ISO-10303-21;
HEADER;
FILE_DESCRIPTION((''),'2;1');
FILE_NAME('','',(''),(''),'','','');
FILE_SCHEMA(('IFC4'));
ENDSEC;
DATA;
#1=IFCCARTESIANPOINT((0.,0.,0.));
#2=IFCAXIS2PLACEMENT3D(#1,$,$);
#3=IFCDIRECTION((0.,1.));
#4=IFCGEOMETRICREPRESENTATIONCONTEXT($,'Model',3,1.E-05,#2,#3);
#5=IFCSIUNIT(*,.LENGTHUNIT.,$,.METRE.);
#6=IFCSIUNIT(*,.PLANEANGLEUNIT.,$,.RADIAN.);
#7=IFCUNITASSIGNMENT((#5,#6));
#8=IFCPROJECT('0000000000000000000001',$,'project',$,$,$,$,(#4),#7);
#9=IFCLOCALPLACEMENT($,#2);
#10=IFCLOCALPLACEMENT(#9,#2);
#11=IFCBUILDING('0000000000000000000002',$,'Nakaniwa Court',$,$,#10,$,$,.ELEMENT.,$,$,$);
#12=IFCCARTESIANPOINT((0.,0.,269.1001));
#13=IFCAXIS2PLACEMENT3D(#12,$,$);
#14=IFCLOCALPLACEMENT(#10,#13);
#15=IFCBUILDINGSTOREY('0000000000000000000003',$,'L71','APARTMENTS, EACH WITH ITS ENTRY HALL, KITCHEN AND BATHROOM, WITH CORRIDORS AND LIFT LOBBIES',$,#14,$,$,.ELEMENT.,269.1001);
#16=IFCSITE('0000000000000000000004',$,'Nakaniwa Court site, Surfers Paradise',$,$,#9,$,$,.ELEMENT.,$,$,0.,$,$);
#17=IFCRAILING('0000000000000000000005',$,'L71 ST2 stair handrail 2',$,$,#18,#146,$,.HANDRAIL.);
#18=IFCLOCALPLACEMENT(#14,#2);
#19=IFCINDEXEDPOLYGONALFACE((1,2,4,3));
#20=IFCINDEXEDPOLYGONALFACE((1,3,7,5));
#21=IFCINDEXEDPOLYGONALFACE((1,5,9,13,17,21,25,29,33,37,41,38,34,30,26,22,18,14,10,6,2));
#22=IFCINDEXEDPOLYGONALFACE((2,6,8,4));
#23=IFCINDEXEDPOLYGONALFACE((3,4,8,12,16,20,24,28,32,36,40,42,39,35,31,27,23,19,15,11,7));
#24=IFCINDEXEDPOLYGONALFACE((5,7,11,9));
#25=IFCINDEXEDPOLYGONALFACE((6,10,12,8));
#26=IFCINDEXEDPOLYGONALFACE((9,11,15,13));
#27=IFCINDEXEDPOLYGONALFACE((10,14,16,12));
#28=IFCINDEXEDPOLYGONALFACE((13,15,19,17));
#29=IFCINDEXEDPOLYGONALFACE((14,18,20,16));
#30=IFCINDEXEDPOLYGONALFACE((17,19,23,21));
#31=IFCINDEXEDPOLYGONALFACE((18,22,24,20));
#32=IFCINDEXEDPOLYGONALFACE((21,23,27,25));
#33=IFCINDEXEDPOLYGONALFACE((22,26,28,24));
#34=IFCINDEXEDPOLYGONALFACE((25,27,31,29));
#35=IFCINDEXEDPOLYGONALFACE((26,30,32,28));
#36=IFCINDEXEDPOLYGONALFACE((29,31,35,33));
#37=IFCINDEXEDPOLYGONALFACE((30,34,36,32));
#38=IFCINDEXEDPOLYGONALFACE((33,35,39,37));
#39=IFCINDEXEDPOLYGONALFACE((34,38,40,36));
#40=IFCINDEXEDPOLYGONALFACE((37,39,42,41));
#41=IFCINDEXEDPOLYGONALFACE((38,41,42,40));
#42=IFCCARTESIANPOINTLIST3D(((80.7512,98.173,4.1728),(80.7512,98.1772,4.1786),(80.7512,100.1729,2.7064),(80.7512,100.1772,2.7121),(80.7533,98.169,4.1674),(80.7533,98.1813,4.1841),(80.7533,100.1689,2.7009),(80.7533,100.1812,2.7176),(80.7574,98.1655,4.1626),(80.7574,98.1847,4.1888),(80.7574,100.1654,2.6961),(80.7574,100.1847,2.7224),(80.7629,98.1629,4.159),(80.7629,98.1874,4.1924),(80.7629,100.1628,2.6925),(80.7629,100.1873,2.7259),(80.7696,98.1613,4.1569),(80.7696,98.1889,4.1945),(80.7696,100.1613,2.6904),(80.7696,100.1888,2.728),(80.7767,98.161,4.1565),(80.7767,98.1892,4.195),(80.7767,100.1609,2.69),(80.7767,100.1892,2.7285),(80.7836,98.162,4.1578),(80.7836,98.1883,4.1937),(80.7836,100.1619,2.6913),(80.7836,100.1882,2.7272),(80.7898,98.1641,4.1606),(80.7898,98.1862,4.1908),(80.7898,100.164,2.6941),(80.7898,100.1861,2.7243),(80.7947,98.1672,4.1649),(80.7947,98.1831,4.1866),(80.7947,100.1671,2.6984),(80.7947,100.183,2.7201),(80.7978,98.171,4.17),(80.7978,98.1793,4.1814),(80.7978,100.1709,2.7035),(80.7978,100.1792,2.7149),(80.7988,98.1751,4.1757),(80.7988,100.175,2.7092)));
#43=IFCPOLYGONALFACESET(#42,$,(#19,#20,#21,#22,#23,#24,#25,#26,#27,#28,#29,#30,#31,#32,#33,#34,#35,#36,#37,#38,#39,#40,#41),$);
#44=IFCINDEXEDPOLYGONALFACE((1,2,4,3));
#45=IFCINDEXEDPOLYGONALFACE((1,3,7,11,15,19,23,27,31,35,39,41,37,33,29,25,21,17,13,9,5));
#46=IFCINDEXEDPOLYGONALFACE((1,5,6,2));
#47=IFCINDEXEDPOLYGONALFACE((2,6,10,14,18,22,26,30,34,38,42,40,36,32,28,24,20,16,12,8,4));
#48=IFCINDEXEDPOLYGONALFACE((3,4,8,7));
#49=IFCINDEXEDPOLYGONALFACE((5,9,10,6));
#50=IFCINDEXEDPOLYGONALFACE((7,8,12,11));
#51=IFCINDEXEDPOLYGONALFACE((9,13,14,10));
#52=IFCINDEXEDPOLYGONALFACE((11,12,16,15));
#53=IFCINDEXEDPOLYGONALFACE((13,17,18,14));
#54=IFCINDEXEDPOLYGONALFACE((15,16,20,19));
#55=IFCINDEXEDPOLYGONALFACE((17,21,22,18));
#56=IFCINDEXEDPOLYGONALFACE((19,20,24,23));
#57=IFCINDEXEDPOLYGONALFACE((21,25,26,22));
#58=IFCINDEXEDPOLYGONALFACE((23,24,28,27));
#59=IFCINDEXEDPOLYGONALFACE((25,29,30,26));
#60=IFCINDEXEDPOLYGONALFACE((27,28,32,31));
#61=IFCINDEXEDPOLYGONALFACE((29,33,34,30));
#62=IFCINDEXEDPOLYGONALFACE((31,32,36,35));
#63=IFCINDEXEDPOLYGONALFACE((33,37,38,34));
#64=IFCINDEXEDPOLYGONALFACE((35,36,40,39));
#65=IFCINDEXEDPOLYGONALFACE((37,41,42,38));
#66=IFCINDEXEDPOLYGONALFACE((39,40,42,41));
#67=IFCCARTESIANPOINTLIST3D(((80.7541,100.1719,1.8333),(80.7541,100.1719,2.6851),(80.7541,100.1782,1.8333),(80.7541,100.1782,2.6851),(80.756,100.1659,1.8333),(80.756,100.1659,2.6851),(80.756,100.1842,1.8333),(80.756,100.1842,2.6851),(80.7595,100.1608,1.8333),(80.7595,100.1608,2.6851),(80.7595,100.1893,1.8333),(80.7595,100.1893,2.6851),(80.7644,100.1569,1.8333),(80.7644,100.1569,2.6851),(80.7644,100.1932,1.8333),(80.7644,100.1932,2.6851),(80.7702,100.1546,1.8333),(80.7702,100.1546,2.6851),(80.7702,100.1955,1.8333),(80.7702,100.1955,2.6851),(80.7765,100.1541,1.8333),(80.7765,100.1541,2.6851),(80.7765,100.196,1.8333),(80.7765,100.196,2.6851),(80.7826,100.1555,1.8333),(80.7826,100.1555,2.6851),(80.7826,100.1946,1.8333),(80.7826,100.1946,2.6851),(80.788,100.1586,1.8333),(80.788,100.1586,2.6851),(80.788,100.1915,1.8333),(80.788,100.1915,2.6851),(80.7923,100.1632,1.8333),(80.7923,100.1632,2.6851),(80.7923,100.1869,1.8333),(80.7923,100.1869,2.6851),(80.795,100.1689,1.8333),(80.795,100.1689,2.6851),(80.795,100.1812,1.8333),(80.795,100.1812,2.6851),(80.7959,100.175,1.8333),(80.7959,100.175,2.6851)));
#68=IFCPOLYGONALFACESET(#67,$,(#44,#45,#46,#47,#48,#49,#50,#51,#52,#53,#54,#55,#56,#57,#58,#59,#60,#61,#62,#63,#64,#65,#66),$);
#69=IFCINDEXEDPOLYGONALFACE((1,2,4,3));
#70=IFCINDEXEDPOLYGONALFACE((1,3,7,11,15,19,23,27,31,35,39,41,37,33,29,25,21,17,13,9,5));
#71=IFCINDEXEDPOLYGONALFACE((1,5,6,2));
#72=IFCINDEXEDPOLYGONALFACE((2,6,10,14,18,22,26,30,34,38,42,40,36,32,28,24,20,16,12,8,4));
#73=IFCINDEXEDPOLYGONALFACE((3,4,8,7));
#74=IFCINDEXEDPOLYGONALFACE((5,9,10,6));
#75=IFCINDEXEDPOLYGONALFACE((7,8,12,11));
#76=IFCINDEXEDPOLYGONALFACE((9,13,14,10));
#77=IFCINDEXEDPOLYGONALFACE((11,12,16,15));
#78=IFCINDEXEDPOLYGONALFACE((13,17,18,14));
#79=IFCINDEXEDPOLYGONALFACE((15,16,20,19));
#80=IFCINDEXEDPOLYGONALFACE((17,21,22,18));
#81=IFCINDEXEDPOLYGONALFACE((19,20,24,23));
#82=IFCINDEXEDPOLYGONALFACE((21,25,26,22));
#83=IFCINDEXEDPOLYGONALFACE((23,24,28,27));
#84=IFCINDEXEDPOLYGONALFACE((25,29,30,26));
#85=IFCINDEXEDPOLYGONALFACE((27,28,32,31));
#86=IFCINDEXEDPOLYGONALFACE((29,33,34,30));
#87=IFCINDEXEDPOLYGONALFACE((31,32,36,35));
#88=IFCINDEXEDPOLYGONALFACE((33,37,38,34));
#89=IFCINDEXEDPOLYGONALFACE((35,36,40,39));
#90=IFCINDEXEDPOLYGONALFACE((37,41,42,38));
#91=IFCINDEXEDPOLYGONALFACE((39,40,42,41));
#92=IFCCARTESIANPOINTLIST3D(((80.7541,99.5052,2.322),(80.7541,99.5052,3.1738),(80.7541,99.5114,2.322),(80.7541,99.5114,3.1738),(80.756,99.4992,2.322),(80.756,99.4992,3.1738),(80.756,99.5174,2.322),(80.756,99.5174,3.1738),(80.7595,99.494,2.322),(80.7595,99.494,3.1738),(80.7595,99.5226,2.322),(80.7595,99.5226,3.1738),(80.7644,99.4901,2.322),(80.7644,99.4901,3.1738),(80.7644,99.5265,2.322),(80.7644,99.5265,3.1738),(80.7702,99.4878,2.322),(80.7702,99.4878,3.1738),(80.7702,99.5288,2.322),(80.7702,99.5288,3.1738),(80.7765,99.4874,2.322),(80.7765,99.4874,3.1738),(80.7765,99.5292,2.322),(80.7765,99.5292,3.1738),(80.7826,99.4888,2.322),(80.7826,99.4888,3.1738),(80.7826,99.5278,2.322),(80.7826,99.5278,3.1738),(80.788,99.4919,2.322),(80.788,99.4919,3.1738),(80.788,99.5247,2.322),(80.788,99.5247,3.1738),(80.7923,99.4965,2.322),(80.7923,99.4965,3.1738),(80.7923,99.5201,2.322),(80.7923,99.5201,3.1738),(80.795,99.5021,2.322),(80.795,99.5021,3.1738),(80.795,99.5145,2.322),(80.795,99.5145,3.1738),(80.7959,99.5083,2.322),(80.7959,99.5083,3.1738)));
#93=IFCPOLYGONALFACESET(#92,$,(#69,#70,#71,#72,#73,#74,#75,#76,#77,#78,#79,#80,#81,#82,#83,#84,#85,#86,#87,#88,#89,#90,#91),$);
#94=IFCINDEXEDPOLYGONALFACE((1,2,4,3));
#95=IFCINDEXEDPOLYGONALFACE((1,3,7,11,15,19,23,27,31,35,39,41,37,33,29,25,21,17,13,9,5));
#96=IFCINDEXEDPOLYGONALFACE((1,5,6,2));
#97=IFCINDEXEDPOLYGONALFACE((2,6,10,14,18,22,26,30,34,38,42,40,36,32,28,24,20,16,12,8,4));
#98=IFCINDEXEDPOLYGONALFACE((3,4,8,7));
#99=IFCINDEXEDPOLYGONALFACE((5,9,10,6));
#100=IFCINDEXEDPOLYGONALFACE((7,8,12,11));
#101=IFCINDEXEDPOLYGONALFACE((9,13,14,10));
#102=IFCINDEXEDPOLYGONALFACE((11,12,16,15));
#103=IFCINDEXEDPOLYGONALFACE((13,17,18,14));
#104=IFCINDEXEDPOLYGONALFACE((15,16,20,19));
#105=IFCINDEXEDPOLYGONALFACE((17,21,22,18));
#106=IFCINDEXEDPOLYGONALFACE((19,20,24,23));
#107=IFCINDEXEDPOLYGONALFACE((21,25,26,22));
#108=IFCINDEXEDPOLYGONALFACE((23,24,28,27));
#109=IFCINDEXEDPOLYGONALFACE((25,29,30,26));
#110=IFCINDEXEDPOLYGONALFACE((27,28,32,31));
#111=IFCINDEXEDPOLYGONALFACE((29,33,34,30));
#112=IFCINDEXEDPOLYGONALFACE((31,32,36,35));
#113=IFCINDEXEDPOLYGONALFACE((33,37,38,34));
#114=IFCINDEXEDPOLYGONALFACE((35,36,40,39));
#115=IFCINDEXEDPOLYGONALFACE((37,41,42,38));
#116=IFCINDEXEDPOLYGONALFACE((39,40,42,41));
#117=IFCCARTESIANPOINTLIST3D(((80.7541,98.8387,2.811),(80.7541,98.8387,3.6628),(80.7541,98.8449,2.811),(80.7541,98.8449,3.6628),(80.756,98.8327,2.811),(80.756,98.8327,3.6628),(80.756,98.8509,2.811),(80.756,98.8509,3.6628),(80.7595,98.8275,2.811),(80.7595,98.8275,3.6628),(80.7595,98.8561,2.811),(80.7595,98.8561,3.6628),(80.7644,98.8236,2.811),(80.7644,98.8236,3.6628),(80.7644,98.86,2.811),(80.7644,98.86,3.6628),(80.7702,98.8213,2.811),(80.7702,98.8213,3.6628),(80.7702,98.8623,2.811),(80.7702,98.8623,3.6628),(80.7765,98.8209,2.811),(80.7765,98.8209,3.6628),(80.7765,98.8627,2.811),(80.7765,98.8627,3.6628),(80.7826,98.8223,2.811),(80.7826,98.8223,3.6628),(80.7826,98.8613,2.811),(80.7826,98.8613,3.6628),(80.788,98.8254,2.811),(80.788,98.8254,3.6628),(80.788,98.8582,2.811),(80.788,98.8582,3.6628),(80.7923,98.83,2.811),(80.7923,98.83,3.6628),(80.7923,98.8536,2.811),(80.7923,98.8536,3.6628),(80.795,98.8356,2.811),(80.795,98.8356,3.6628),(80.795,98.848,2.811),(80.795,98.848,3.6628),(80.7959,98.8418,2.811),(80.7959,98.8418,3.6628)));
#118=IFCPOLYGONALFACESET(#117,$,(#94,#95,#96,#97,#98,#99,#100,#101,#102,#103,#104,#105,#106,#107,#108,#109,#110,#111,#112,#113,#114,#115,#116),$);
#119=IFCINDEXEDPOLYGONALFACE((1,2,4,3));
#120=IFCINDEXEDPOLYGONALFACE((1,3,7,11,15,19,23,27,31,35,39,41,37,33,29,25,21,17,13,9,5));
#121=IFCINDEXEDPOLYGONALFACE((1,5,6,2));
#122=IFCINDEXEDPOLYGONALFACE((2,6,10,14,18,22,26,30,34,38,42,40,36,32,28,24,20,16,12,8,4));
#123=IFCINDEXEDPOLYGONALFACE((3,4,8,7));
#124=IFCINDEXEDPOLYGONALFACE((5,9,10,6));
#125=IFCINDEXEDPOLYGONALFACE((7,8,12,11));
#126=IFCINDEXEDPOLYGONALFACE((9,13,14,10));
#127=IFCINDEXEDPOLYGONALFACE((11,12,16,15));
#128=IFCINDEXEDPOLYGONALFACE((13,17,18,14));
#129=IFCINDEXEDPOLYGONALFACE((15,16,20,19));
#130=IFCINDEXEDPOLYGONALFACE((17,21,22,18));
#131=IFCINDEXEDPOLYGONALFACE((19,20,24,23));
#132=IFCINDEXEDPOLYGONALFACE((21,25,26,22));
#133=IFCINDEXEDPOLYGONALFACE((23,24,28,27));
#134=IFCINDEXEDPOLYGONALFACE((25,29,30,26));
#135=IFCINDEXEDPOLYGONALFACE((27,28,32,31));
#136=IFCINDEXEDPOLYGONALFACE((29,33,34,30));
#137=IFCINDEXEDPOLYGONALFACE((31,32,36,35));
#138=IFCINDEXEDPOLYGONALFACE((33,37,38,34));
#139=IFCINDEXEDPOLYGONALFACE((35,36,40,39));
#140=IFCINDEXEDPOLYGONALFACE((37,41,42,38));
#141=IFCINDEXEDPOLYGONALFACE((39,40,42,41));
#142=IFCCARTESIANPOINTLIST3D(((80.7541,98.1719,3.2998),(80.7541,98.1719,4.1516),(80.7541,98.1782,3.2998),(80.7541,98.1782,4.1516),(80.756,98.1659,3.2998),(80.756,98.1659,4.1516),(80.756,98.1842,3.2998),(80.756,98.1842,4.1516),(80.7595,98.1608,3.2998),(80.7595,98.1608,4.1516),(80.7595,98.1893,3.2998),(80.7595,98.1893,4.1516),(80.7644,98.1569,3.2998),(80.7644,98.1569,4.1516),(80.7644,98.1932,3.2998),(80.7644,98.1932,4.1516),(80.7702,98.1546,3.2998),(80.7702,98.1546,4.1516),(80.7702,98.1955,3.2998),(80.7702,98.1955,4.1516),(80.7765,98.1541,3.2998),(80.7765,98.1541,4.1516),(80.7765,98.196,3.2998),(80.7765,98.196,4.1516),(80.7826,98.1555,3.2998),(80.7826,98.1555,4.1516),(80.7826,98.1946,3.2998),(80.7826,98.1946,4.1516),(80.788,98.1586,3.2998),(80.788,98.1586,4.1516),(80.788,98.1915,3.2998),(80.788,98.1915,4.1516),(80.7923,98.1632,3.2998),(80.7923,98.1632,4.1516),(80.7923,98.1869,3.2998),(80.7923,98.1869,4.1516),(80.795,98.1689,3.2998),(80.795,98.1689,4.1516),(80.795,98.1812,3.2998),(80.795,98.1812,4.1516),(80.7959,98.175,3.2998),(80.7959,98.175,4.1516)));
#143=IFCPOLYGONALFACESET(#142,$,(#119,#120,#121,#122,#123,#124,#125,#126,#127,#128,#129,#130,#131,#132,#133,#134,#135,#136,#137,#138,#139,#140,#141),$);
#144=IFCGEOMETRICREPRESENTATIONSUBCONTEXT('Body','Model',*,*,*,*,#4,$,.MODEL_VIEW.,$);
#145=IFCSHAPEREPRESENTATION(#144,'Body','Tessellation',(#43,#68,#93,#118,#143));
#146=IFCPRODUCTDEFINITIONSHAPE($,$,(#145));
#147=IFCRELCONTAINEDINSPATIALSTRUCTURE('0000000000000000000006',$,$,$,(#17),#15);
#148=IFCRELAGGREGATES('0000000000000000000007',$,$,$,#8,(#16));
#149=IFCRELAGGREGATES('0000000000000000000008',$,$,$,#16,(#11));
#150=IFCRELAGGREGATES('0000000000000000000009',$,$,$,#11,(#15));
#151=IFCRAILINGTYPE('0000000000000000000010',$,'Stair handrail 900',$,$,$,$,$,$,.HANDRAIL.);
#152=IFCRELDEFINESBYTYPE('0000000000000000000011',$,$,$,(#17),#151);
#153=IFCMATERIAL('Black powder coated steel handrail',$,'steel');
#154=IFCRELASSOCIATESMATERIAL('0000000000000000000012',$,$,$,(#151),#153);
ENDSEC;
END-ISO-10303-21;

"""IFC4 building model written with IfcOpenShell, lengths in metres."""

from ifc_helpers import new_model, si_unit, direction, frame, origin, origin_2d, place, context, subcontext, project, spatial, circle, extrude, material, type_object, element, save


model = new_model("IFC4")

# Units and contexts
model_context = context("Model", 3, precision=1e-05, world=origin(), true_north=direction((0.0, 1.0)))
body_context = subcontext(model_context, "Body", "Model", "MODEL_VIEW")
ifc_project = project(units=[si_unit("LENGTHUNIT", "METRE"), si_unit("PLANEANGLEUNIT", "RADIAN")], contexts=[model_context])

# Site, building, storey
site_placement = place(None, origin())
site = spatial("IfcSite", under=ifc_project, at=site_placement, Name="Nakaniwa Court site, Surfers Paradise", CompositionType="ELEMENT", RefElevation=0.0)
building_placement = place(site_placement, origin())
building = spatial("IfcBuilding", under=site, at=building_placement, Name="Nakaniwa Court", CompositionType="ELEMENT")
storey_placement = place(building_placement, frame((0.0, 0.0, 269.1001)))
storey = spatial("IfcBuildingStorey", under=building, at=storey_placement, Name="L71", Description="APARTMENTS, EACH WITH ITS ENTRY HALL, KITCHEN AND BATHROOM, WITH CORRIDORS AND LIFT LOBBIES", CompositionType="ELEMENT", Elevation=269.1001)

# Railing
ifc_material_1 = material(Name="Black powder coated steel handrail", Category="steel")
railing_type_1 = type_object("IfcRailingType", Name="Stair handrail 900", PredefinedType="HANDRAIL", material=ifc_material_1)
railing_1_placement = place(storey_placement, frame((80.7749, 100.175, 1.8333)))
element("IfcRailing", 1, at=railing_1_placement, inside=storey, type_object=railing_type_1, Name="L71 ST2 stair handrail 2", PredefinedType="HANDRAIL", context=body_context, shape_type="SweptSolid", body=[
    extrude(circle(Radius=0.0239, at=origin_2d()), frame((0.0, 0.0, 0.876), z_axis=(0.0, -0.806427, 0.591334), x_axis=(1.0, 0.0, 0.0)), (0.0, 0.0, 1.0), 2.48),
    extrude(circle(Radius=0.021, at=origin_2d()), origin(), (0.0, 0.0, 1.0), 0.8518),
    extrude(circle(Radius=0.021, at=origin_2d()), frame((0.0, -0.6667, 0.4888)), (0.0, 0.0, 1.0), 0.8518),
    extrude(circle(Radius=0.021, at=origin_2d()), frame((0.0, -1.3333, 0.9778)), (0.0, 0.0, 1.0), 0.8518),
    extrude(circle(Radius=0.021, at=origin_2d()), frame((0.0, -2.0, 1.4666)), (0.0, 0.0, 1.0), 0.8518),
])

save(model, "model.ifc")
